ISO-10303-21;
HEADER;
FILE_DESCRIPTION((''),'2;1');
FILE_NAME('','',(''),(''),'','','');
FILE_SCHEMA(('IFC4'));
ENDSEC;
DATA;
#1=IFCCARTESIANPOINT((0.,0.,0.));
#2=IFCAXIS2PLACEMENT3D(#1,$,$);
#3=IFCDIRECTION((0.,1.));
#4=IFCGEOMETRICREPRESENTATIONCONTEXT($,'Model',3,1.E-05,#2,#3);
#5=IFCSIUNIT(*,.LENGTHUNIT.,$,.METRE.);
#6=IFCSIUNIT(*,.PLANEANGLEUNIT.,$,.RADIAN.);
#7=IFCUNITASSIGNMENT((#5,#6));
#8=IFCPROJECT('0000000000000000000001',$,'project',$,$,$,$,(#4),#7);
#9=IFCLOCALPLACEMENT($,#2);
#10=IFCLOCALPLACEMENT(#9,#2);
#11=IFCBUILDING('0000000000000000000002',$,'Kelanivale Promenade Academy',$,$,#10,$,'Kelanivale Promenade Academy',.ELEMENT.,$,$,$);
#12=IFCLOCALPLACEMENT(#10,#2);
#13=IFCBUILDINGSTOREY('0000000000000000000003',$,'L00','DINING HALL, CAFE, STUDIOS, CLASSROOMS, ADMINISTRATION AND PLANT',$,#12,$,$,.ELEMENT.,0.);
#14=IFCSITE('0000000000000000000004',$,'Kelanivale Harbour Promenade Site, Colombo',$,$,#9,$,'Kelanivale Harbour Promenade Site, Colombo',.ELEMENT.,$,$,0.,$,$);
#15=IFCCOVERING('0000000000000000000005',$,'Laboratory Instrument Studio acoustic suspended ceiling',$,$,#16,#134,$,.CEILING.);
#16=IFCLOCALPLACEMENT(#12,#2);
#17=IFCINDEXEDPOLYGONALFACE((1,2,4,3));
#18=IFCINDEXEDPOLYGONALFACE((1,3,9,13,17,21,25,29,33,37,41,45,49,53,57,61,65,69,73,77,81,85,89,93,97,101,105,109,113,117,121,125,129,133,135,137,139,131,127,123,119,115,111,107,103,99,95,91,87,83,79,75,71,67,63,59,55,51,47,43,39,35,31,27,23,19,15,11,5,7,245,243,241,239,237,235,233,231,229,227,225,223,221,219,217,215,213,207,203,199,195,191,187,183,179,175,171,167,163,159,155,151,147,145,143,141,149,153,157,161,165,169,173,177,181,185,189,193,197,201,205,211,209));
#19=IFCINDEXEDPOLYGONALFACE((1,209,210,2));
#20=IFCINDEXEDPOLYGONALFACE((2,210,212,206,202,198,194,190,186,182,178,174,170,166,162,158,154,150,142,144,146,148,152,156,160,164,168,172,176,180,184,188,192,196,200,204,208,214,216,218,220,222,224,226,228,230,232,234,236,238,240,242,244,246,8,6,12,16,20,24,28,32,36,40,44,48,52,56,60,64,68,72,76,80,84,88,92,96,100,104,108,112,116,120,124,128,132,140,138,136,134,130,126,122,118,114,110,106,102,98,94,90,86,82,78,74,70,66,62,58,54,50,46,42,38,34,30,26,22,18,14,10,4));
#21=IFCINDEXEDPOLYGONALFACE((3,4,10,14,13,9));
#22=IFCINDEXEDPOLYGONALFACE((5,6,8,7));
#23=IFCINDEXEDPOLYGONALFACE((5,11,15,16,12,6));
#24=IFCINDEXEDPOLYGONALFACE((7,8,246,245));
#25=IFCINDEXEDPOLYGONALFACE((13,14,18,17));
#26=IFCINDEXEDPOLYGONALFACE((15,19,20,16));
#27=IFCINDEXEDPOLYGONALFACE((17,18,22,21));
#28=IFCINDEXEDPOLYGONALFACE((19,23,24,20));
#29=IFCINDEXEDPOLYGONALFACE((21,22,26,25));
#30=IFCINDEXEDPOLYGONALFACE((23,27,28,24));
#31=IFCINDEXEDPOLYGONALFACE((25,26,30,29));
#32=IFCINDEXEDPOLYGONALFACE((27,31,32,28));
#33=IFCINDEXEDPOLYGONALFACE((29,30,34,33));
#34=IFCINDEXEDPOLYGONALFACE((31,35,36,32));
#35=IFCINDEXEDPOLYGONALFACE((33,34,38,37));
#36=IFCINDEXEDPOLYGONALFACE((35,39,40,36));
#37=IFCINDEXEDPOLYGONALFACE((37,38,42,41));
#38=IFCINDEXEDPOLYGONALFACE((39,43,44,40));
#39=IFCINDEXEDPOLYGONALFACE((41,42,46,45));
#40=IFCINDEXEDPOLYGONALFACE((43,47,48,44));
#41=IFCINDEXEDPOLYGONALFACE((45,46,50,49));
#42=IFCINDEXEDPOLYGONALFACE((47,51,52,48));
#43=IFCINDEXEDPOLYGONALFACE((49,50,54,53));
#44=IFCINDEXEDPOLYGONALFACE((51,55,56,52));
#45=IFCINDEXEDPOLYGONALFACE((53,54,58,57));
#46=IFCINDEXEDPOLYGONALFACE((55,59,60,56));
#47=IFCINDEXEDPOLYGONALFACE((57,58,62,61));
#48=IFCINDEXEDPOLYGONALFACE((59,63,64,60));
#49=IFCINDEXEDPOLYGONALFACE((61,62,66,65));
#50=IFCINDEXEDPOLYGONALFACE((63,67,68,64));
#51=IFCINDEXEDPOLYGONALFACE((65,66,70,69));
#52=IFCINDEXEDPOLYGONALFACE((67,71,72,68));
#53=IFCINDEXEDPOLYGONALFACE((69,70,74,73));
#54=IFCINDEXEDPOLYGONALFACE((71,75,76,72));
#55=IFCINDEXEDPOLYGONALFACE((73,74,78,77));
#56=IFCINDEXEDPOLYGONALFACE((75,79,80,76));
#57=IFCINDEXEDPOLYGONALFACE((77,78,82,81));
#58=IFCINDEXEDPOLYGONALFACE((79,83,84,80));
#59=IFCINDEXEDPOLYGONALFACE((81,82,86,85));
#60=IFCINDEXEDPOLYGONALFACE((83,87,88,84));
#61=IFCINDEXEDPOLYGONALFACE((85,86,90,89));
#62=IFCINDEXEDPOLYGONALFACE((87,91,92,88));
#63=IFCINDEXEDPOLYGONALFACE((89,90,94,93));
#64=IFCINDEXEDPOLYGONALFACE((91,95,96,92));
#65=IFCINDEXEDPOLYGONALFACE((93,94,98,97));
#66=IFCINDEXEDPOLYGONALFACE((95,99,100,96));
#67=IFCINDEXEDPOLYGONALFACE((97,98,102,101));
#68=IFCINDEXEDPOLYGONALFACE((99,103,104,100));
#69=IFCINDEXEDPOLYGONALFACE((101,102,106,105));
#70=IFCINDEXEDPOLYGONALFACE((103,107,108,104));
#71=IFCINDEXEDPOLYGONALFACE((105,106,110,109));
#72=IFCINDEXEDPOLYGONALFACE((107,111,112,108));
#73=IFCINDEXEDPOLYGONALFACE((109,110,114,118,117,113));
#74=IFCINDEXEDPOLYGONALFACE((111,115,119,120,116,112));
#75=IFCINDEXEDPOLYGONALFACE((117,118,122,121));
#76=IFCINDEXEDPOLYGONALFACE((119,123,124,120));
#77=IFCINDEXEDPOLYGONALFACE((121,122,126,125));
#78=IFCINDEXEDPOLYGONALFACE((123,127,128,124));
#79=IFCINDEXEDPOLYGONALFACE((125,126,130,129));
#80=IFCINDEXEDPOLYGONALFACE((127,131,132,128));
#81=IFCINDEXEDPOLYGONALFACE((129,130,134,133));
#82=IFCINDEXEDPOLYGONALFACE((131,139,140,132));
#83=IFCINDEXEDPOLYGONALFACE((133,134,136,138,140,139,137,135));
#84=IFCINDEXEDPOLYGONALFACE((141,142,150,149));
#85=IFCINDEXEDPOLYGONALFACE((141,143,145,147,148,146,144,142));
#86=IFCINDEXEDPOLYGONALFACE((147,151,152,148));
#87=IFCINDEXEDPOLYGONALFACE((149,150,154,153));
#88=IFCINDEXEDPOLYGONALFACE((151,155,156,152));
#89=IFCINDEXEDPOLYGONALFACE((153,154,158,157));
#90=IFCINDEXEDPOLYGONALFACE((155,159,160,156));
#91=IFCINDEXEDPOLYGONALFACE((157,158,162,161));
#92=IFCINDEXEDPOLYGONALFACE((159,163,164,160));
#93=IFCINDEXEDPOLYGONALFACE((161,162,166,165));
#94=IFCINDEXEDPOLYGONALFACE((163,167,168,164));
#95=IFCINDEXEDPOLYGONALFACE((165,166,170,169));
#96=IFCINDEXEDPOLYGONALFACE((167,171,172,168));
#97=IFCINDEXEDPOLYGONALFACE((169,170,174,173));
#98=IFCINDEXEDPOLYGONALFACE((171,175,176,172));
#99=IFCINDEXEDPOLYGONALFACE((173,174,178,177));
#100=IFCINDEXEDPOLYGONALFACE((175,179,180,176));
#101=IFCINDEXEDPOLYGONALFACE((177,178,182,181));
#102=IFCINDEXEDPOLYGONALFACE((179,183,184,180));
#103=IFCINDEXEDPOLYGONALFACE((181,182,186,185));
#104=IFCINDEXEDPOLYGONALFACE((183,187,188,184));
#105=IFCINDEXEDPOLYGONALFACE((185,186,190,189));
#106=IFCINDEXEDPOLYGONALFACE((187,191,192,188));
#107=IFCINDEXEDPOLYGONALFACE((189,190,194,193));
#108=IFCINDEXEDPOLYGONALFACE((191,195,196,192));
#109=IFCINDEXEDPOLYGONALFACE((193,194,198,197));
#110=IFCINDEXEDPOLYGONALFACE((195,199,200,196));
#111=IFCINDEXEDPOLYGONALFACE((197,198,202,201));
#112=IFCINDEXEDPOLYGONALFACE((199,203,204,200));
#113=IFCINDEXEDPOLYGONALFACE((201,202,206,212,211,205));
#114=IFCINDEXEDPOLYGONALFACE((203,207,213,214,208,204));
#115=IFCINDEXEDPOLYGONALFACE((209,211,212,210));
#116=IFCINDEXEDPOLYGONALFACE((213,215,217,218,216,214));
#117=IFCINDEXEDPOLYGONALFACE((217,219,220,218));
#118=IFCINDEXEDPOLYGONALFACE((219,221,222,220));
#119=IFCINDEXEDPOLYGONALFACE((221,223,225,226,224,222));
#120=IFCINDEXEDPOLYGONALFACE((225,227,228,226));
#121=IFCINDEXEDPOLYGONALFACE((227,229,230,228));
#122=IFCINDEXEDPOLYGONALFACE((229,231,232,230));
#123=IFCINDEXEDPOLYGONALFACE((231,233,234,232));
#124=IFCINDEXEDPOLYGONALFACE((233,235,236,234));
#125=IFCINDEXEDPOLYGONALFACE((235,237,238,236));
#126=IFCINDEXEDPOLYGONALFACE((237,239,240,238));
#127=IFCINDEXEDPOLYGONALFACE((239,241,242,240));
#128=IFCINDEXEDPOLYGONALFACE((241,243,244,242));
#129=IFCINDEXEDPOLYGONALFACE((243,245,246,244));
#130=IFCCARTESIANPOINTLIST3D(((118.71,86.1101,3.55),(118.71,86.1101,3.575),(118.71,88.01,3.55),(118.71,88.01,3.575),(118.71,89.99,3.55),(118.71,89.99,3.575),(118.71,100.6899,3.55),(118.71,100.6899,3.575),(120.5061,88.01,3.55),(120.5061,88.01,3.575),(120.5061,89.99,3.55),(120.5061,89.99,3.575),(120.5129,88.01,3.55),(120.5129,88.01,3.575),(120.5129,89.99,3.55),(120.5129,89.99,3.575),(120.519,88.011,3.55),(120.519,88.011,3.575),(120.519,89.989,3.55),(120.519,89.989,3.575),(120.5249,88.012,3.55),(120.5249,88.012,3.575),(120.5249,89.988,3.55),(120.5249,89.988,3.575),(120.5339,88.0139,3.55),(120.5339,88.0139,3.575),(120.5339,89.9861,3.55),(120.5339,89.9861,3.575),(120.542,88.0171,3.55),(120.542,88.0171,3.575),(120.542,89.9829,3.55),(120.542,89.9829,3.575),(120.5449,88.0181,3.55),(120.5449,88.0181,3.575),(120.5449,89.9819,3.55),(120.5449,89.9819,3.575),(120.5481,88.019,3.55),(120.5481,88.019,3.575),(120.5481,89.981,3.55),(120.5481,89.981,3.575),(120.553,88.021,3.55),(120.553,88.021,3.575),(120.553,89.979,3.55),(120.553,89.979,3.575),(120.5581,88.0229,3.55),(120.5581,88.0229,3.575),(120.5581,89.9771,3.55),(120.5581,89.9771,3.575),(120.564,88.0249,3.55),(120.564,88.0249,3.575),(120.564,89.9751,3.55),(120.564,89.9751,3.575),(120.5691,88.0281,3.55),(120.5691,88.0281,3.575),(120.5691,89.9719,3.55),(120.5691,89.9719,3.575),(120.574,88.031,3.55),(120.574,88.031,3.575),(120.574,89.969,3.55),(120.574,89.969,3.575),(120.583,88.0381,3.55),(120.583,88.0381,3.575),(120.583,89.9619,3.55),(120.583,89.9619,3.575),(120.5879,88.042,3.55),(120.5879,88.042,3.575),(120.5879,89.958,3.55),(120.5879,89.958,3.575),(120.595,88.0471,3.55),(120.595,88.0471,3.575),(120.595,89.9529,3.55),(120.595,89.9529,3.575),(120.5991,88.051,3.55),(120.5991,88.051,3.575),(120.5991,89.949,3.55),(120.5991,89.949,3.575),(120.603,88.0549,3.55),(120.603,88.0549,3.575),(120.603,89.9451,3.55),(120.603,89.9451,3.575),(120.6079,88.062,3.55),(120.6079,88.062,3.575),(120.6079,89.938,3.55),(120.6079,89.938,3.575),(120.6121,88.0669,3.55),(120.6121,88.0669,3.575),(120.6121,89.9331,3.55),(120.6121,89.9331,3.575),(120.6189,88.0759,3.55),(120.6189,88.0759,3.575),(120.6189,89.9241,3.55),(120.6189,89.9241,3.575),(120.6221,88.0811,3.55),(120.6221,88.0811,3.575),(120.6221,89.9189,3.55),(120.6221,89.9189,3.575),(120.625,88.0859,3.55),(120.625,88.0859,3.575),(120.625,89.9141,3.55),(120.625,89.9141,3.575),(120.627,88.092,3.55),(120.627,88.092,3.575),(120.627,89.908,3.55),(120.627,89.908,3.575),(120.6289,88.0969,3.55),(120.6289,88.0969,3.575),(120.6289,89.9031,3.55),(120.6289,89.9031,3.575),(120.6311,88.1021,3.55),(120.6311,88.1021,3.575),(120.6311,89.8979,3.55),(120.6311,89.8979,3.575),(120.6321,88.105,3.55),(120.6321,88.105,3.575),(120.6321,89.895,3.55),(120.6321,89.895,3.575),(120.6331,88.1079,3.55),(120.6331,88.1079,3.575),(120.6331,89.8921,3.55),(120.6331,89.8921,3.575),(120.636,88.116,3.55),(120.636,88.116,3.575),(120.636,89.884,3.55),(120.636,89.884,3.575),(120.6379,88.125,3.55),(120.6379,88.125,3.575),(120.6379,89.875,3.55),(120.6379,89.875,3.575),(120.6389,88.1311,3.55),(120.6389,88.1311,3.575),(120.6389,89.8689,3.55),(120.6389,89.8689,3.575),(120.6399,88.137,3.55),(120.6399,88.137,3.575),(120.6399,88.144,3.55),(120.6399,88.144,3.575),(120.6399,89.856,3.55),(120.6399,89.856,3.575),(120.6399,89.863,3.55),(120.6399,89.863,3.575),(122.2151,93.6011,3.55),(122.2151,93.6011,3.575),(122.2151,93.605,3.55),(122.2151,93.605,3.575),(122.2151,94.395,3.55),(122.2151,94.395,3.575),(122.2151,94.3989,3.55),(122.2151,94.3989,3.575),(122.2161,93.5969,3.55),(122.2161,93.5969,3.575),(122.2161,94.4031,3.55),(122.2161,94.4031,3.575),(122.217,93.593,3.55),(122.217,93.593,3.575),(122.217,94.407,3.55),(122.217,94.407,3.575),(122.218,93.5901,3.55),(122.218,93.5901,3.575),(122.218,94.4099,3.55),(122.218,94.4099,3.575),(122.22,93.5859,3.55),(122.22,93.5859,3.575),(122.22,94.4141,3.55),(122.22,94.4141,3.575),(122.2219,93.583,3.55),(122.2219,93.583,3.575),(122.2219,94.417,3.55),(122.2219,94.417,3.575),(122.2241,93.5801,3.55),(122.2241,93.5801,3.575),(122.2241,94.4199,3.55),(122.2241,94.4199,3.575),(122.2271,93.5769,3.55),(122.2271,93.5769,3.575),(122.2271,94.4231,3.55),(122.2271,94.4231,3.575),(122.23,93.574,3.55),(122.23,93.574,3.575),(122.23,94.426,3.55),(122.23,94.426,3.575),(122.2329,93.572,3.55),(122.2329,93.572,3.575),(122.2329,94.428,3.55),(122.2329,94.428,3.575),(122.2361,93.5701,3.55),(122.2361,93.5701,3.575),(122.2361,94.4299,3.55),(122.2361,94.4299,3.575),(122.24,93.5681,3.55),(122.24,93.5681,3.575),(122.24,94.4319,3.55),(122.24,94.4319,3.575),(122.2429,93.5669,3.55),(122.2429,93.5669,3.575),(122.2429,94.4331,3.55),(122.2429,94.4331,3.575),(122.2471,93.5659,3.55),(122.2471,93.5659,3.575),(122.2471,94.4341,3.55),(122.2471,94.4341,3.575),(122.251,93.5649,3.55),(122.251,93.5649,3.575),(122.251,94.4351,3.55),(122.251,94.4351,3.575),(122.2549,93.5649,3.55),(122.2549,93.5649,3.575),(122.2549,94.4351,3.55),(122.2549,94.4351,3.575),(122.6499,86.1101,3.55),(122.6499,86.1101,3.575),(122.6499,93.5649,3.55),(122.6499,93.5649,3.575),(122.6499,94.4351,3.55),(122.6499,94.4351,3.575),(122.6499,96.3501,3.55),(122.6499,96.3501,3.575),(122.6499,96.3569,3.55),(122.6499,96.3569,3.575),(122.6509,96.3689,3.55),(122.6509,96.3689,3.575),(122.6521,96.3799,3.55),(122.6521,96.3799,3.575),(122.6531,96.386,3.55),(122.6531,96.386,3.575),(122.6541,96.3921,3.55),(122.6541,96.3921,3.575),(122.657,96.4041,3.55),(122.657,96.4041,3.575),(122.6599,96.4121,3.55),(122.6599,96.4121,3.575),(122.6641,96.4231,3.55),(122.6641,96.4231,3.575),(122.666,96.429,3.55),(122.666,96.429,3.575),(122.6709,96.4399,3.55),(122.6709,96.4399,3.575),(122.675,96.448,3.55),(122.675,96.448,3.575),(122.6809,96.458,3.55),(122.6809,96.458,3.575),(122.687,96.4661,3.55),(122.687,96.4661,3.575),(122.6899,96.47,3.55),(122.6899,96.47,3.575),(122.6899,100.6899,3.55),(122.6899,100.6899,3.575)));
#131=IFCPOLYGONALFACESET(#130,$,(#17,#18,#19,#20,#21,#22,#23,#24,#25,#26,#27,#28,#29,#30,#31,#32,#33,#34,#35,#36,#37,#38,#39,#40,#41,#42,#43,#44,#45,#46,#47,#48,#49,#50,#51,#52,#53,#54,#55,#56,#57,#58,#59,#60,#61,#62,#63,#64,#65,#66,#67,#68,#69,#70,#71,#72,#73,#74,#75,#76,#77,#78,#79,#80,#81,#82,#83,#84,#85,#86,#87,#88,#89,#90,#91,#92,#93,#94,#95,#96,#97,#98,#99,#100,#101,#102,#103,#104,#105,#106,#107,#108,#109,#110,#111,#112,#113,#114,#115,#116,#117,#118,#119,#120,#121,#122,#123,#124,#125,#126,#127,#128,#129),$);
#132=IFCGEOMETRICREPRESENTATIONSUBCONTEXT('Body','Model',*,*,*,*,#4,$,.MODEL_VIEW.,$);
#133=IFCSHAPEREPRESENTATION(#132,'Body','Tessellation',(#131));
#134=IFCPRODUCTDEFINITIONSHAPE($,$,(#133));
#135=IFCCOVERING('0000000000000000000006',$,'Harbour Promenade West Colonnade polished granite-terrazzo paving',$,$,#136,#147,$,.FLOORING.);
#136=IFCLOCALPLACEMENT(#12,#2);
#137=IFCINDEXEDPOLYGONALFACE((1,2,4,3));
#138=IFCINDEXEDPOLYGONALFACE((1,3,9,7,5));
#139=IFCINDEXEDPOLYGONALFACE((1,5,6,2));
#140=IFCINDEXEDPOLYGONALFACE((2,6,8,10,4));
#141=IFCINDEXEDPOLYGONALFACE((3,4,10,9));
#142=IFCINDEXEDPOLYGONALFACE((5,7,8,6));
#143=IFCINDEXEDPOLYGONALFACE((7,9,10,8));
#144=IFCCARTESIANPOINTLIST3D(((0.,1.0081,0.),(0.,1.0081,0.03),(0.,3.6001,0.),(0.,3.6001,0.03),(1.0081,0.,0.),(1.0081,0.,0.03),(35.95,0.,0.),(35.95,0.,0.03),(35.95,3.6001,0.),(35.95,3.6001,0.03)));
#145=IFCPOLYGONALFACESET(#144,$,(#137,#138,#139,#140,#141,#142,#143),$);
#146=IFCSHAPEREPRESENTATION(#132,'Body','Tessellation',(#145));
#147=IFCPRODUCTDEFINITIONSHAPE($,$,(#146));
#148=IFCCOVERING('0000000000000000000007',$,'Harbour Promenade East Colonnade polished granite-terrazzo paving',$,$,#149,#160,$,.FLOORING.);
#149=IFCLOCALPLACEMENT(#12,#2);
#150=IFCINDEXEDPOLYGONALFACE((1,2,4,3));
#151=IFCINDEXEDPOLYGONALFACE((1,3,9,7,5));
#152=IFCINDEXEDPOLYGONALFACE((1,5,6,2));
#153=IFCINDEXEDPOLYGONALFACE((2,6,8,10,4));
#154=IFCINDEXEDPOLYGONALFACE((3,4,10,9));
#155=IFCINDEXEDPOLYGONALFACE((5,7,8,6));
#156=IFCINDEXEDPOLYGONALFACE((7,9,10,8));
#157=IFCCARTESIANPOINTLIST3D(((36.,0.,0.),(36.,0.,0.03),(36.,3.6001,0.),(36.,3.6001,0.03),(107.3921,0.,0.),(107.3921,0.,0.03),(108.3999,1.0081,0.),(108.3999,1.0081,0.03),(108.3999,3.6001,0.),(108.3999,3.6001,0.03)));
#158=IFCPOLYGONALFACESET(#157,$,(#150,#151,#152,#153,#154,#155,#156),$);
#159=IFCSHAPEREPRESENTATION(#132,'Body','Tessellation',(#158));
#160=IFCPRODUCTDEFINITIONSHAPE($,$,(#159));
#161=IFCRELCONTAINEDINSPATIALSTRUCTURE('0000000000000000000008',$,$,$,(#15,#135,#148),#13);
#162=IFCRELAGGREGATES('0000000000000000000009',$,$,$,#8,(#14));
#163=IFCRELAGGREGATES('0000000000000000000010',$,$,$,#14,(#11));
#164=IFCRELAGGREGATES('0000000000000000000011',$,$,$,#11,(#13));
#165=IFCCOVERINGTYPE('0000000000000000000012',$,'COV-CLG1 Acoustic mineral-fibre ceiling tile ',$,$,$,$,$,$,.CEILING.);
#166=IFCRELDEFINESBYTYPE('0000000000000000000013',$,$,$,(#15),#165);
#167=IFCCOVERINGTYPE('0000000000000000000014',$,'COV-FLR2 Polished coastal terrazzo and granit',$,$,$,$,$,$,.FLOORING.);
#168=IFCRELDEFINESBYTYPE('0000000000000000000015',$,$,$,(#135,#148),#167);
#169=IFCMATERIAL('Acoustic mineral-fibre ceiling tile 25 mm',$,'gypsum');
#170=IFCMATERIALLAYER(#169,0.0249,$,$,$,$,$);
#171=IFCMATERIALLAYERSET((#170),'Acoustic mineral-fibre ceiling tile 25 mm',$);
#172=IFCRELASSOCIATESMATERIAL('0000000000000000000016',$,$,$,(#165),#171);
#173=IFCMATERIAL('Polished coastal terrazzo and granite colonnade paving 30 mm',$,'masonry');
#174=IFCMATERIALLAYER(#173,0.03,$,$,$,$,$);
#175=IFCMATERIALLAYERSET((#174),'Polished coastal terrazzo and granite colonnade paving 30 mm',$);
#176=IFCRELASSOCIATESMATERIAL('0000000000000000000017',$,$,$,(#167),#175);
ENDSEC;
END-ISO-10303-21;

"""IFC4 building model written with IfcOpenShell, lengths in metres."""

from ifc_helpers import new_model, si_unit, direction, frame, origin, place, context, subcontext, project, spatial, polyline, outline, extrude, material, layer, layer_set, type_object, element, save


model = new_model("IFC4")

# Units and contexts
model_context = context("Model", 3, precision=1e-05, world=origin(), true_north=direction((0.0, 1.0)))
body_context = subcontext(model_context, "Body", "Model", "MODEL_VIEW")
ifc_project = project(units=[si_unit("LENGTHUNIT", "METRE"), si_unit("PLANEANGLEUNIT", "RADIAN")], contexts=[model_context])

# Site, building, storey
site_placement = place(None, origin())
site = spatial("IfcSite", under=ifc_project, at=site_placement, Name="Kelanivale Harbour Promenade Site, Colombo", LongName="Kelanivale Harbour Promenade Site, Colombo", CompositionType="ELEMENT", RefElevation=0.0)
building_placement = place(site_placement, origin())
building = spatial("IfcBuilding", under=site, at=building_placement, Name="Kelanivale Promenade Academy", LongName="Kelanivale Promenade Academy", CompositionType="ELEMENT")
storey_placement = place(building_placement, origin())
storey = spatial("IfcBuildingStorey", under=building, at=storey_placement, Name="L00", Description="DINING HALL, CAFE, STUDIOS, CLASSROOMS, ADMINISTRATION AND PLANT", CompositionType="ELEMENT", Elevation=0.0)

# Coverings
ifc_material_1 = material(Name="Acoustic mineral-fibre ceiling tile 25 mm", Category="gypsum")
ifc_layer_1 = layer(ifc_material_1, 0.0249)
ifc_layer_set_1 = layer_set([ifc_layer_1], Name="Acoustic mineral-fibre ceiling tile 25 mm")
covering_type_1 = type_object("IfcCoveringType", Name="COV-CLG1 Acoustic mineral-fibre ceiling tile ", PredefinedType="CEILING", material=ifc_layer_set_1)
covering_1_placement = place(storey_placement, frame((0.0, 0.0, 3.55)))
element("IfcCovering", 1, at=covering_1_placement, inside=storey, type_object=covering_type_1, Name="Laboratory Instrument Studio acoustic suspended ceiling", PredefinedType="CEILING", context=body_context, shape_type="SweptSolid", body=[
    extrude(outline(polyline([(122.6709, 96.4399), (122.675, 96.448), (122.6809, 96.458), (122.687, 96.4661), (122.6899, 96.47), (122.6899, 100.6899), (118.71, 100.6899), (118.71, 89.99), (120.5061, 89.99), (120.5129, 89.99), (120.519, 89.989), (120.5249, 89.988), (120.5339, 89.9861), (120.542, 89.9829), (120.5449, 89.9819), (120.5481, 89.981), (120.553, 89.979), (120.5581, 89.9771), (120.564, 89.9751), (120.5691, 89.9719), (120.574, 89.969), (120.583, 89.9619), (120.5879, 89.958), (120.595, 89.9529), (120.5991, 89.949), (120.603, 89.9451), (120.6079, 89.938), (120.6121, 89.9331), (120.6189, 89.9241), (120.6221, 89.9189), (120.625, 89.9141), (120.627, 89.908), (120.6289, 89.9031), (120.6311, 89.8979), (120.6321, 89.895), (120.6331, 89.8921), (120.636, 89.884), (120.6379, 89.875), (120.6389, 89.8689), (120.6399, 89.863), (120.6399, 89.856), (120.6399, 88.144), (120.6399, 88.137), (120.6389, 88.1311), (120.6379, 88.125), (120.636, 88.116), (120.6331, 88.1079), (120.6321, 88.105), (120.6311, 88.1021), (120.6289, 88.0969), (120.627, 88.092), (120.625, 88.0859), (120.6221, 88.0811), (120.6189, 88.0759), (120.6121, 88.0669), (120.6079, 88.062), (120.603, 88.0549), (120.5991, 88.051), (120.595, 88.0471), (120.5879, 88.042), (120.583, 88.0381), (120.574, 88.031), (120.5691, 88.0281), (120.564, 88.0249), (120.5581, 88.0229), (120.553, 88.021), (120.5481, 88.019), (120.5449, 88.0181), (120.542, 88.0171), (120.5339, 88.0139), (120.5249, 88.012), (120.519, 88.011), (120.5129, 88.01), (120.5061, 88.01), (118.71, 88.01), (118.71, 86.1101), (122.6499, 86.1101), (122.6499, 93.5649), (122.2549, 93.5649), (122.251, 93.5649), (122.2471, 93.5659), (122.2429, 93.5669), (122.24, 93.5681), (122.2361, 93.5701), (122.2329, 93.572), (122.23, 93.574), (122.2271, 93.5769), (122.2241, 93.5801), (122.2219, 93.583), (122.22, 93.5859), (122.218, 93.5901), (122.217, 93.593), (122.2161, 93.5969), (122.2151, 93.6011), (122.2151, 93.605), (122.2151, 94.395), (122.2151, 94.3989), (122.2161, 94.4031), (122.217, 94.407), (122.218, 94.4099), (122.22, 94.4141), (122.2219, 94.417), (122.2241, 94.4199), (122.2271, 94.4231), (122.23, 94.426), (122.2329, 94.428), (122.2361, 94.4299), (122.24, 94.4319), (122.2429, 94.4331), (122.2471, 94.4341), (122.251, 94.4351), (122.2549, 94.4351), (122.6499, 94.4351), (122.6499, 96.3501), (122.6499, 96.3569), (122.6509, 96.3689), (122.6509, 96.3689), (122.6521, 96.3799), (122.6531, 96.386), (122.6541, 96.3921), (122.657, 96.4041), (122.6599, 96.4121), (122.6641, 96.4231), (122.666, 96.429), (122.6709, 96.4399)])), origin(), (0.0, 0.0, 1.0), 0.0249),
])
ifc_material_2 = material(Name="Polished coastal terrazzo and granite colonnade paving 30 mm", Category="masonry")
ifc_layer_2 = layer(ifc_material_2, 0.03)
ifc_layer_set_2 = layer_set([ifc_layer_2], Name="Polished coastal terrazzo and granite colonnade paving 30 mm")
covering_type_2 = type_object("IfcCoveringType", Name="COV-FLR2 Polished coastal terrazzo and granit", PredefinedType="FLOORING", material=ifc_layer_set_2)
covering_2_placement = place(storey_placement, origin())
element("IfcCovering", 2, at=covering_2_placement, inside=storey, type_object=covering_type_2, Name="Harbour Promenade West Colonnade polished granite-terrazzo paving", PredefinedType="FLOORING", context=body_context, shape_type="SweptSolid", body=[
    extrude(outline(polyline([(0.0, 1.0081), (1.0081, 0.0), (35.95, 0.0), (35.95, 3.6001), (0.0, 3.6001), (0.0, 1.0081)])), origin(), (0.0, 0.0, 1.0), 0.03),
])
covering_3_placement = place(storey_placement, origin())
element("IfcCovering", 3, at=covering_3_placement, inside=storey, type_object=covering_type_2, Name="Harbour Promenade East Colonnade polished granite-terrazzo paving", PredefinedType="FLOORING", context=body_context, shape_type="SweptSolid", body=[
    extrude(outline(polyline([(36.0, 0.0), (107.3921, 0.0), (108.3999, 1.0081), (108.3999, 3.6001), (36.0, 3.6001), (36.0, 0.0)])), origin(), (0.0, 0.0, 1.0), 0.03),
])

save(model, "model.ifc")
